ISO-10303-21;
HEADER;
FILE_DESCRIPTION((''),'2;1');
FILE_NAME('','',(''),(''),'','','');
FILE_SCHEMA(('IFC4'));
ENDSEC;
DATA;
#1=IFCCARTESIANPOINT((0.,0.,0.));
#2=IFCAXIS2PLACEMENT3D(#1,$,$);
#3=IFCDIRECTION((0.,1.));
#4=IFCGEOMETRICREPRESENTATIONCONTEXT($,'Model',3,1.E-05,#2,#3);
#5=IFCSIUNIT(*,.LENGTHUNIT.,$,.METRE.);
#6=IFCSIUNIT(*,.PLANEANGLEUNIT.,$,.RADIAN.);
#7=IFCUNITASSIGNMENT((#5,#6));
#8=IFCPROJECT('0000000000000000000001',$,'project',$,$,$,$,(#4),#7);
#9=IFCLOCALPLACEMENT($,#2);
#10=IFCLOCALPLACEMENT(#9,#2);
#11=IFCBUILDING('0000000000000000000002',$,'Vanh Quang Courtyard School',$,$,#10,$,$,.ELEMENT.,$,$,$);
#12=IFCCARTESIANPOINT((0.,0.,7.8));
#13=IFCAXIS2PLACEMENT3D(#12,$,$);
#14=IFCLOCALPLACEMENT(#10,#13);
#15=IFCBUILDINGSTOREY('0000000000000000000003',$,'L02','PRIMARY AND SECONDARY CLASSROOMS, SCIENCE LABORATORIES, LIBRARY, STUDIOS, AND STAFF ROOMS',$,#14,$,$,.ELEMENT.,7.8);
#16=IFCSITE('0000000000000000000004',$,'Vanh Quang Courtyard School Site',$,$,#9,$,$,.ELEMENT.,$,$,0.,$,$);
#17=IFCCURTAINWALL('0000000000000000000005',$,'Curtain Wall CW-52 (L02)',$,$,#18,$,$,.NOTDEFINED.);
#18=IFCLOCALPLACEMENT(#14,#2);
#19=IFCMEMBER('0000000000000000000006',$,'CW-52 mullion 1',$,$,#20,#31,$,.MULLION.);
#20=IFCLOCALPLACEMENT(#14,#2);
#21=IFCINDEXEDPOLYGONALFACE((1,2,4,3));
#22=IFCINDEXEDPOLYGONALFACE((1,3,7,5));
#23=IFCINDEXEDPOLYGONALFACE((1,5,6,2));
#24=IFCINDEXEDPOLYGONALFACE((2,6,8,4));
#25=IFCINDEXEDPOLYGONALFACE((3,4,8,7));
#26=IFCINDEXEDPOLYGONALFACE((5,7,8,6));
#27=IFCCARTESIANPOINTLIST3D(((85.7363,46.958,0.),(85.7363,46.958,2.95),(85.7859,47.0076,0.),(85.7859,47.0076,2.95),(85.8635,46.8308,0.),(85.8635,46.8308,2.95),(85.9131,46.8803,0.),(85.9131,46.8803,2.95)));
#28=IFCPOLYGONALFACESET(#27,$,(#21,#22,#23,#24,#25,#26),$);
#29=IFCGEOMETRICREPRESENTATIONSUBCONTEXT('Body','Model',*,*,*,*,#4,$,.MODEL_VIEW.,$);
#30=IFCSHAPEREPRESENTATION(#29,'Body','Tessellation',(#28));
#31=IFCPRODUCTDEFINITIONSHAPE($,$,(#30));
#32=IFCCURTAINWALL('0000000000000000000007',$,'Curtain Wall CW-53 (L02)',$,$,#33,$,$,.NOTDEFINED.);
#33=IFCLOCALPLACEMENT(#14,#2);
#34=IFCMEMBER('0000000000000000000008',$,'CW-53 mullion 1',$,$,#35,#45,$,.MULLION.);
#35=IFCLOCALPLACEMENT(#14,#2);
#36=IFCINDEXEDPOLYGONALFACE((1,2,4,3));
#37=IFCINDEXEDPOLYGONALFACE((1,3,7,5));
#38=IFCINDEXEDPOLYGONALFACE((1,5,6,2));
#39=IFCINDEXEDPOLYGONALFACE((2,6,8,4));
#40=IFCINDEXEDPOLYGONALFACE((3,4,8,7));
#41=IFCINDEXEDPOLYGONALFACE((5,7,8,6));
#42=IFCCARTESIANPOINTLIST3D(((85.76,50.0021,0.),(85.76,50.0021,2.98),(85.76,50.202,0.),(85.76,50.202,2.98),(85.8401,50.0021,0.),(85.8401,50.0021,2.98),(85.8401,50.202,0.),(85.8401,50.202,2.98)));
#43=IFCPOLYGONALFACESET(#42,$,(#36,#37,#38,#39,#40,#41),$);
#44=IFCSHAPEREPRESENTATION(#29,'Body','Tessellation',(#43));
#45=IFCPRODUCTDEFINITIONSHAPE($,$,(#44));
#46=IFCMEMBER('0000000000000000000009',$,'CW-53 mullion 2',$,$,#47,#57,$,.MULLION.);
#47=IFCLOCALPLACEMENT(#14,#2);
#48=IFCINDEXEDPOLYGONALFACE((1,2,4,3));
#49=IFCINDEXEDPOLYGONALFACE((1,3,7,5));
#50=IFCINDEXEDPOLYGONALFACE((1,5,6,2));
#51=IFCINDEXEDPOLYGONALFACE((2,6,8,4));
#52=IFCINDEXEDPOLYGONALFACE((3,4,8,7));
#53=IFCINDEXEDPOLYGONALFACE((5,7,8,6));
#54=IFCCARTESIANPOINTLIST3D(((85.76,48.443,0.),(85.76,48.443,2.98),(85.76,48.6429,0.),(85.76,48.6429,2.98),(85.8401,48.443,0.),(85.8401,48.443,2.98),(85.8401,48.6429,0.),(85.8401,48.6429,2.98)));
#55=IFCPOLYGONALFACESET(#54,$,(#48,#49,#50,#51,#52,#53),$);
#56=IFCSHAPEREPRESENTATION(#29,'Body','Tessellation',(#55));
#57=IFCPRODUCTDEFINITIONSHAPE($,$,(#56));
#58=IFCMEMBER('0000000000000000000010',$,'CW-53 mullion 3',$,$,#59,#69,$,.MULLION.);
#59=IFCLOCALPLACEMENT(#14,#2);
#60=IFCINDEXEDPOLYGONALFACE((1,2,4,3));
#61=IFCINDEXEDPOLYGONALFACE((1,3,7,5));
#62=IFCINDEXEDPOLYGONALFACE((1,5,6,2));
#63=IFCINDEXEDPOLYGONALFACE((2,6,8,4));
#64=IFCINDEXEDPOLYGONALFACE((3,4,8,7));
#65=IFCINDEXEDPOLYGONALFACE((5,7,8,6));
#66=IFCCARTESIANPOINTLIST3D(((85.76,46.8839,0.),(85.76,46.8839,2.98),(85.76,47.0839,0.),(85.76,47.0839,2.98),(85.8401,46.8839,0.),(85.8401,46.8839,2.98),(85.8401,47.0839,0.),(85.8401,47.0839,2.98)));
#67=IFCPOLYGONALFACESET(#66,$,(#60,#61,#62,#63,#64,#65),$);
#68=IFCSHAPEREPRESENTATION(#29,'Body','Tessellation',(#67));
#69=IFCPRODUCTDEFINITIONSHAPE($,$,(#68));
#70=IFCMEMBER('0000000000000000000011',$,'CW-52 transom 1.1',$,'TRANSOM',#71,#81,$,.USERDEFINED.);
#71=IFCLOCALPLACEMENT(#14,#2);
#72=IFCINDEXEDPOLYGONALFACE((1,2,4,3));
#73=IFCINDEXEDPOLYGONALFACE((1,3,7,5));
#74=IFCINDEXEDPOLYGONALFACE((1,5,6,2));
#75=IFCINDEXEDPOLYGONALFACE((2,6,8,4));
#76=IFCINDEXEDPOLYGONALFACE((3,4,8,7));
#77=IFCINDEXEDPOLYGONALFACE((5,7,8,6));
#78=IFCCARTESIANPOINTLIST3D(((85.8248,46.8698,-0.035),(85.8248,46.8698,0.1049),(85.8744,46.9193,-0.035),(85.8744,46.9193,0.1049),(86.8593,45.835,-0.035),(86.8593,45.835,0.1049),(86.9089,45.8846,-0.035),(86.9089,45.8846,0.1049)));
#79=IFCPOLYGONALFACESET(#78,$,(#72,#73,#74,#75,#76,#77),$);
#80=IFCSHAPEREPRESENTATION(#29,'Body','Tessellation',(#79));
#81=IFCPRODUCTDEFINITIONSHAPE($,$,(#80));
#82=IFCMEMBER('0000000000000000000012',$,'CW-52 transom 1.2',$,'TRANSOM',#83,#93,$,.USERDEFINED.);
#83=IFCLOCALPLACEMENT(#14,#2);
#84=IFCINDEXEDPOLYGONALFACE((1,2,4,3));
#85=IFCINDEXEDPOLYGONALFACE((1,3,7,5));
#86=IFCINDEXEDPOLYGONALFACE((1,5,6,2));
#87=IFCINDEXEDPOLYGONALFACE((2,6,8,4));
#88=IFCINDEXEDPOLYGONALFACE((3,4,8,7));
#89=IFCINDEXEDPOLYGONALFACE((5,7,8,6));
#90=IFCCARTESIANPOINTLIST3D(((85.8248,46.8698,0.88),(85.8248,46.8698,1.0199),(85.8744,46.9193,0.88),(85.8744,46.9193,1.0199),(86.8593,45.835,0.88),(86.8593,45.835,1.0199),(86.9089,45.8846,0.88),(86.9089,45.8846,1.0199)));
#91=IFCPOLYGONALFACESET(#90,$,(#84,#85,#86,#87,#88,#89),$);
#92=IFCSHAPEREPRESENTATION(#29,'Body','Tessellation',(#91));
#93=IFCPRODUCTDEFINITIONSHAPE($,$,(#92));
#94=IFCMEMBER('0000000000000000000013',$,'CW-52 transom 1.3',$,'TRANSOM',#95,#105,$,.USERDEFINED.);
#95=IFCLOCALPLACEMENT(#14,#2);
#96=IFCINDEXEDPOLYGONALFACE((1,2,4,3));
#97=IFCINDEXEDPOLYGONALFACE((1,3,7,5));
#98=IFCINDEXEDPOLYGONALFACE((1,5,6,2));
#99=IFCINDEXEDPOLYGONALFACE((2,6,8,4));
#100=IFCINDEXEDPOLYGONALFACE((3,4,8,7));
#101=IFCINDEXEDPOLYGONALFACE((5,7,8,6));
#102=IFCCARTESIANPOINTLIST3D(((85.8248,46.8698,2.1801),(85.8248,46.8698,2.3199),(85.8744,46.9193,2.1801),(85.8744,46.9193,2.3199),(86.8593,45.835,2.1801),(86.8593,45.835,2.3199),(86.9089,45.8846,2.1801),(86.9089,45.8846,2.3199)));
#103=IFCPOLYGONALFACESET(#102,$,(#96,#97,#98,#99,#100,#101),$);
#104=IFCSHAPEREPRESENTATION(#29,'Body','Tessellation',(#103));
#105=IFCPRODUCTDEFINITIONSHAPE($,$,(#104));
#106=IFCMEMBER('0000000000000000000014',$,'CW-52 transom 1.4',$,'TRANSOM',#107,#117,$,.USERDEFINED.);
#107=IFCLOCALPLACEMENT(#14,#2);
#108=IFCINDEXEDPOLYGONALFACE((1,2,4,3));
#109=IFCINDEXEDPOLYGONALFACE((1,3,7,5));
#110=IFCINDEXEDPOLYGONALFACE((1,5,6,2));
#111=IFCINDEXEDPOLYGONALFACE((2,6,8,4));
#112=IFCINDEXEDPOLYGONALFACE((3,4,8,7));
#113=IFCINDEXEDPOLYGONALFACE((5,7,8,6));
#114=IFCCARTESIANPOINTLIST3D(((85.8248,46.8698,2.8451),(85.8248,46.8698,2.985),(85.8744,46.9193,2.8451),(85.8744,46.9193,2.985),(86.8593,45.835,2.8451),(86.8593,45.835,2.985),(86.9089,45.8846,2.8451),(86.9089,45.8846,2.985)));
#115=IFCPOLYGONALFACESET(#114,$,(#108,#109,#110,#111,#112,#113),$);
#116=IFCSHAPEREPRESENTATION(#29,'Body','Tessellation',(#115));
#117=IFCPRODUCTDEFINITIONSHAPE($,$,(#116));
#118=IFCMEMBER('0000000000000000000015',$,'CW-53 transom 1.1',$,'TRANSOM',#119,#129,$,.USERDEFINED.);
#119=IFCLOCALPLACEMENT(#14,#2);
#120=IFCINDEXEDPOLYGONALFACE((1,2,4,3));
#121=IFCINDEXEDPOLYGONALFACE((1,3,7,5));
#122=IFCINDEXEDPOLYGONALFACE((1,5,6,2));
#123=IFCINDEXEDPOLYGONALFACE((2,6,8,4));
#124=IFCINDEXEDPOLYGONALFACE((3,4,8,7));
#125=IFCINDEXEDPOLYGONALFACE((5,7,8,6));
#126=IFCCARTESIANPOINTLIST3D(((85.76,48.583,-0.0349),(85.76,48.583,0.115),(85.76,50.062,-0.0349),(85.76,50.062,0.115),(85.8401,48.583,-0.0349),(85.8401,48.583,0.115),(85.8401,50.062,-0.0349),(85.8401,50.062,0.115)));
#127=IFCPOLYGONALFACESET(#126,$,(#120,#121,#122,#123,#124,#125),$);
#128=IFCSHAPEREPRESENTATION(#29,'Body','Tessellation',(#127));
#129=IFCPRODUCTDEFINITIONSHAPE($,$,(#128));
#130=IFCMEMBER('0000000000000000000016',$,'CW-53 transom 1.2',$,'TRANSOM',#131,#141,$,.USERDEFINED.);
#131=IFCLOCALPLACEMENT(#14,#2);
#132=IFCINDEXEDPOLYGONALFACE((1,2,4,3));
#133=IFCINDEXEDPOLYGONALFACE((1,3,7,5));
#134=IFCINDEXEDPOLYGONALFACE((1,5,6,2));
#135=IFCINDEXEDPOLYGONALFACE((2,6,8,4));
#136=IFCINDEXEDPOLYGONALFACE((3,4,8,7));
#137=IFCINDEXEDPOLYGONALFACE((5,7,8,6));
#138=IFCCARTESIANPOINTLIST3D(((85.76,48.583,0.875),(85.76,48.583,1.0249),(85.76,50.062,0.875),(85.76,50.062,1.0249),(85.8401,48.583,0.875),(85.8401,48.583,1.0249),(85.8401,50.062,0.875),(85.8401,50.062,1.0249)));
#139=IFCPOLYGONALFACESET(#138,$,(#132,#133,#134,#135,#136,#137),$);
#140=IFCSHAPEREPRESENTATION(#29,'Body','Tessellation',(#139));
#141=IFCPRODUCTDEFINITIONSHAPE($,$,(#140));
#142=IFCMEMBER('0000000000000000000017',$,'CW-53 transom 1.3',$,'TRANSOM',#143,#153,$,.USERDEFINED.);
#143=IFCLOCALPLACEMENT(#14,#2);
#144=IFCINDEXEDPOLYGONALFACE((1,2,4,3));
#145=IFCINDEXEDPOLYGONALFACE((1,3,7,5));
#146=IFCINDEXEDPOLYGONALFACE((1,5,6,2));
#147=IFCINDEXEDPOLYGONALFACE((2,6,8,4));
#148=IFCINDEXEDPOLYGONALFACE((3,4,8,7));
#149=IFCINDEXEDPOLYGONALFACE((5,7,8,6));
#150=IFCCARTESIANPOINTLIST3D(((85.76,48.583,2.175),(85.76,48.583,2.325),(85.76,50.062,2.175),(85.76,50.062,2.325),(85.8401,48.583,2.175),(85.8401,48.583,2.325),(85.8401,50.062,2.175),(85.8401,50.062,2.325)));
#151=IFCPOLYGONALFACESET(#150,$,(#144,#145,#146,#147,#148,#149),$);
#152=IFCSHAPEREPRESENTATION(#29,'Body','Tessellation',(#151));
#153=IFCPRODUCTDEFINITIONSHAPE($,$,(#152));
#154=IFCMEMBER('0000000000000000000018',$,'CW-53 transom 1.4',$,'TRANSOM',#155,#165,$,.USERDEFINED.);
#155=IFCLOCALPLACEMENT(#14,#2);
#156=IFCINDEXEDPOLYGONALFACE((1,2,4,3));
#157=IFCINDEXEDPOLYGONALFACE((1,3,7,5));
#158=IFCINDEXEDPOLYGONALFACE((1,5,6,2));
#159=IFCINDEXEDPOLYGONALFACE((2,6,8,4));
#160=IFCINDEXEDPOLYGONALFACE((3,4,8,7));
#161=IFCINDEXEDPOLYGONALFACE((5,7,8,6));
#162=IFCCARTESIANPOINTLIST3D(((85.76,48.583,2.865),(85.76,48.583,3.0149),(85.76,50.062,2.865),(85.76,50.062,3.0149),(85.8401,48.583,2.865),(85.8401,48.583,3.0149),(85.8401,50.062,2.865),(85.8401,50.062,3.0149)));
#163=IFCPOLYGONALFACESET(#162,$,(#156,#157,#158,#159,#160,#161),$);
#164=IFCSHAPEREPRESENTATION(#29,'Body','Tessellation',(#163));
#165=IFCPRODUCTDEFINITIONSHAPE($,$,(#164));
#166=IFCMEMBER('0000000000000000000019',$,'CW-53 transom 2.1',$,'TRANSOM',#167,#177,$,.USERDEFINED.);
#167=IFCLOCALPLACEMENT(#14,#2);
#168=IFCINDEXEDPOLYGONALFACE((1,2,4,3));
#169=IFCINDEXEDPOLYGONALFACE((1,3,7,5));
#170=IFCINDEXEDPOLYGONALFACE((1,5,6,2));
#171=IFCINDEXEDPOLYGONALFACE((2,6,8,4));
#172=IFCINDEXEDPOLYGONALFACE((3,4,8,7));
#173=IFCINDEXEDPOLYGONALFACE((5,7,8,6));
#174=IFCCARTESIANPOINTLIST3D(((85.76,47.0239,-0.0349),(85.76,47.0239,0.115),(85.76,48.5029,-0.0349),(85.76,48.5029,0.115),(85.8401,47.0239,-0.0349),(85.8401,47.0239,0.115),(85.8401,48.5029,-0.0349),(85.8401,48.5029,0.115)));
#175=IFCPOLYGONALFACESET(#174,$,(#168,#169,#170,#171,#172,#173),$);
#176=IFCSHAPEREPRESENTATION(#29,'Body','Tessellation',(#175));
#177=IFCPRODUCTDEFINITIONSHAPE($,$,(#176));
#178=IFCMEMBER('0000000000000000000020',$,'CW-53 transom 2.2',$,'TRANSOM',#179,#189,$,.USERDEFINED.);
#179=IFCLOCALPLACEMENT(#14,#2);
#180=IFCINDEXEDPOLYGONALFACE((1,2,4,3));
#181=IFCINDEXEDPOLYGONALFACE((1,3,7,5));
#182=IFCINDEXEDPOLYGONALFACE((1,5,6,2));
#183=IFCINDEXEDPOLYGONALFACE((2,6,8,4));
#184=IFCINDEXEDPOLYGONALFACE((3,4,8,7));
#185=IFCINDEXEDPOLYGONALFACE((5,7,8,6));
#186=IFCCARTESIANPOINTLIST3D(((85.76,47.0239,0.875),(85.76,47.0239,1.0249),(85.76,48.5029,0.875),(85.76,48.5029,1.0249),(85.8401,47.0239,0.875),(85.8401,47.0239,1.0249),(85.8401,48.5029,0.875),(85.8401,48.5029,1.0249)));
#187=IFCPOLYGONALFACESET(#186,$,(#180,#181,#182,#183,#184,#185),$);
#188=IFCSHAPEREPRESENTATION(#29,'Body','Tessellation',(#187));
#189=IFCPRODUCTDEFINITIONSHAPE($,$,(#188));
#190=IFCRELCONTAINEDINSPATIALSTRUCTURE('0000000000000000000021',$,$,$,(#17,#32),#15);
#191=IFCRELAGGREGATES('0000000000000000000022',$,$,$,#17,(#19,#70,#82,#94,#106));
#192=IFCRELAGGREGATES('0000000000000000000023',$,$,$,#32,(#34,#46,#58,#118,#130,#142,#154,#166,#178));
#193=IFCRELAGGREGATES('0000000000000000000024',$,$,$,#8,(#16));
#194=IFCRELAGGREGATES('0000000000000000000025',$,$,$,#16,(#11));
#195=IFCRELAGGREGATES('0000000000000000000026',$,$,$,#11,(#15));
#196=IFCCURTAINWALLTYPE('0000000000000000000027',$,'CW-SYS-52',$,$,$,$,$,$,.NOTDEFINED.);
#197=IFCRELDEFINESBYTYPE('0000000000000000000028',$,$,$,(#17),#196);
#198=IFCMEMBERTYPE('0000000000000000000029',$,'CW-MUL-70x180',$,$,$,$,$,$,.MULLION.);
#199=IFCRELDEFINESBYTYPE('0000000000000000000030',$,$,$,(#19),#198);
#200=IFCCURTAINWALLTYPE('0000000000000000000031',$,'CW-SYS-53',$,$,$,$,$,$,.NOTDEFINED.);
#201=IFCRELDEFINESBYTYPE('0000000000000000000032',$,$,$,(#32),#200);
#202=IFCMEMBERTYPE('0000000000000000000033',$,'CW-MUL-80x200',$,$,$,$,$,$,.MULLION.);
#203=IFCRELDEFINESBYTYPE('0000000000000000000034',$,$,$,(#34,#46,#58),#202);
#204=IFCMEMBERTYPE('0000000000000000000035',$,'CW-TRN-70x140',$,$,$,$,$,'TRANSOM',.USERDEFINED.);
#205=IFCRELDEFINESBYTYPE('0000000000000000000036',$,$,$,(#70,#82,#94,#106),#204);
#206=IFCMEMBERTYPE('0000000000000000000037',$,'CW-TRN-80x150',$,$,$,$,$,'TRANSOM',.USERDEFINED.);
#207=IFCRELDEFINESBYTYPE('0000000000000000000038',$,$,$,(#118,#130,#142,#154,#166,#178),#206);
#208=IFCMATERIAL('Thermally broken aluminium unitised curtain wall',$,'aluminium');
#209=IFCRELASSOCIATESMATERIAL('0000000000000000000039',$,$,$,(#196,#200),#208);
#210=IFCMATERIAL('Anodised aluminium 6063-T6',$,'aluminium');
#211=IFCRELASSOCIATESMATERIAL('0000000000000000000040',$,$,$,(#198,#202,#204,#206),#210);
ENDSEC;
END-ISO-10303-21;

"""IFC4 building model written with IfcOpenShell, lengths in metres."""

from ifc_helpers import new_model, si_unit, direction, frame, origin, origin_2d, place, context, subcontext, project, spatial, rectangle, extrude, material, material_profile, profile_set, type_object, element, aggregate, save


model = new_model("IFC4")

# Units and contexts
model_context = context("Model", 3, precision=1e-05, world=origin(), true_north=direction((0.0, 1.0)))
body_context = subcontext(model_context, "Body", "Model", "MODEL_VIEW")
ifc_project = project(units=[si_unit("LENGTHUNIT", "METRE"), si_unit("PLANEANGLEUNIT", "RADIAN")], contexts=[model_context])

# Site, building, storey
site_placement = place(None, origin())
site = spatial("IfcSite", under=ifc_project, at=site_placement, Name="Vanh Quang Courtyard School Site", CompositionType="ELEMENT", RefElevation=0.0)
building_placement = place(site_placement, origin())
building = spatial("IfcBuilding", under=site, at=building_placement, Name="Vanh Quang Courtyard School", CompositionType="ELEMENT")
storey_placement = place(building_placement, frame((0.0, 0.0, 7.8)))
storey = spatial("IfcBuildingStorey", under=building, at=storey_placement, Name="L02", Description="PRIMARY AND SECONDARY CLASSROOMS, SCIENCE LABORATORIES, LIBRARY, STUDIOS, AND STAFF ROOMS", CompositionType="ELEMENT", Elevation=7.8)

# Curtain wall, member
ifc_material_1 = material(Name="Thermally broken aluminium unitised curtain wall", Category="aluminium")
curtain_wall_type_1 = type_object("IfcCurtainWallType", Name="CW-SYS-52", PredefinedType="NOTDEFINED", material=ifc_material_1)
curtain_wall_1_placement = place(storey_placement, origin())
curtain_wall_1 = element("IfcCurtainWall", 1, at=curtain_wall_1_placement, inside=storey, type_object=curtain_wall_type_1, Name="Curtain Wall CW-52 (L02)", PredefinedType="NOTDEFINED")
ifc_material_2 = material(Name="Anodised aluminium 6063-T6", Category="aluminium")
ifc_material_profile_1 = material_profile(ifc_material_2, rectangle(XDim=0.0701, YDim=0.1799, at=origin_2d()), Name="ALU-MUL 70x180")
ifc_profile_set_1 = profile_set([ifc_material_profile_1], Name="Anodised aluminium 6063-T6")
member_type_1 = type_object("IfcMemberType", Name="CW-MUL-70x180", PredefinedType="MULLION", material=ifc_profile_set_1)
member_1_placement = place(storey_placement, frame((85.8247, 46.9192, 0.0), z_axis=(0.0, 0.0, 1.0), x_axis=(0.707107, 0.707107, 0.0)))
member_1 = element("IfcMember", 2, at=member_1_placement, type_object=member_type_1, Name="CW-52 mullion 1", PredefinedType="MULLION", context=body_context, shape_type="SweptSolid", body=[
    extrude(rectangle(XDim=0.0701, YDim=0.1799, at=origin_2d()), origin(), (0.0, 0.0, 1.0), 2.95),
])

# Curtain wall, members
curtain_wall_type_2 = type_object("IfcCurtainWallType", Name="CW-SYS-53", PredefinedType="NOTDEFINED", material=ifc_material_1)
curtain_wall_2_placement = place(storey_placement, origin())
curtain_wall_2 = element("IfcCurtainWall", 3, at=curtain_wall_2_placement, inside=storey, type_object=curtain_wall_type_2, Name="Curtain Wall CW-53 (L02)", PredefinedType="NOTDEFINED")
ifc_material_profile_2 = material_profile(ifc_material_2, rectangle(XDim=0.0801, YDim=0.2, at=origin_2d()), Name="ALU-MUL 80x200")
ifc_profile_set_2 = profile_set([ifc_material_profile_2], Name="Anodised aluminium 6063-T6")
member_type_2 = type_object("IfcMemberType", Name="CW-MUL-80x200", PredefinedType="MULLION", material=ifc_profile_set_2)
member_2_placement = place(storey_placement, frame((85.8, 50.1021, 0.0), z_axis=(0.0, 0.0, 1.0), x_axis=(1.0, 0.0, 0.0)))
member_2 = element("IfcMember", 4, at=member_2_placement, type_object=member_type_2, Name="CW-53 mullion 1", PredefinedType="MULLION", context=body_context, shape_type="SweptSolid", body=[
    extrude(rectangle(XDim=0.0801, YDim=0.2, at=origin_2d()), origin(), (0.0, 0.0, 1.0), 2.98),
])
member_3_placement = place(storey_placement, frame((85.8, 48.543, 0.0), z_axis=(0.0, 0.0, 1.0), x_axis=(1.0, 0.0, 0.0)))
member_3 = element("IfcMember", 5, at=member_3_placement, type_object=member_type_2, Name="CW-53 mullion 2", PredefinedType="MULLION", context=body_context, shape_type="SweptSolid", body=[
    extrude(rectangle(XDim=0.0801, YDim=0.2, at=origin_2d()), origin(), (0.0, 0.0, 1.0), 2.98),
])
member_4_placement = place(storey_placement, frame((85.8, 46.9839, 0.0), z_axis=(0.0, 0.0, 1.0), x_axis=(1.0, 0.0, 0.0)))
member_4 = element("IfcMember", 6, at=member_4_placement, type_object=member_type_2, Name="CW-53 mullion 3", PredefinedType="MULLION", context=body_context, shape_type="SweptSolid", body=[
    extrude(rectangle(XDim=0.0801, YDim=0.2, at=origin_2d()), origin(), (0.0, 0.0, 1.0), 2.98),
])

# Members
ifc_material_profile_3 = material_profile(ifc_material_2, rectangle(XDim=0.0701, YDim=0.1399, at=origin_2d()), Name="ALU-TRN 70x140")
ifc_profile_set_3 = profile_set([ifc_material_profile_3], Name="Anodised aluminium 6063-T6")
member_type_3 = type_object("IfcMemberType", Name="CW-TRN-70x140", ElementType="TRANSOM", PredefinedType="USERDEFINED", material=ifc_profile_set_3)
member_5_placement = place(storey_placement, frame((85.8496, 46.8945, 0.0349), z_axis=(0.707023, -0.70719, 0.0), x_axis=(0.70719, 0.707023, 0.0)))
member_5 = element("IfcMember", 7, at=member_5_placement, type_object=member_type_3, Name="CW-52 transom 1.1", ObjectType="TRANSOM", PredefinedType="USERDEFINED", context=body_context, shape_type="SweptSolid", body=[
    extrude(rectangle(XDim=0.0701, YDim=0.1399, at=origin_2d()), origin(), (0.0, 0.0, 1.0), 1.4631),
])
member_6_placement = place(storey_placement, frame((85.8496, 46.8945, 0.95), z_axis=(0.707023, -0.70719, 0.0), x_axis=(0.70719, 0.707023, 0.0)))
member_6 = element("IfcMember", 8, at=member_6_placement, type_object=member_type_3, Name="CW-52 transom 1.2", ObjectType="TRANSOM", PredefinedType="USERDEFINED", context=body_context, shape_type="SweptSolid", body=[
    extrude(rectangle(XDim=0.0701, YDim=0.1399, at=origin_2d()), origin(), (0.0, 0.0, 1.0), 1.4631),
])
member_7_placement = place(storey_placement, frame((85.8496, 46.8945, 2.25), z_axis=(0.707023, -0.70719, 0.0), x_axis=(0.70719, 0.707023, 0.0)))
member_7 = element("IfcMember", 9, at=member_7_placement, type_object=member_type_3, Name="CW-52 transom 1.3", ObjectType="TRANSOM", PredefinedType="USERDEFINED", context=body_context, shape_type="SweptSolid", body=[
    extrude(rectangle(XDim=0.0701, YDim=0.1399, at=origin_2d()), origin(), (0.0, 0.0, 1.0), 1.4631),
])
member_8_placement = place(storey_placement, frame((85.8496, 46.8945, 2.915), z_axis=(0.707023, -0.70719, 0.0), x_axis=(0.70719, 0.707023, 0.0)))
member_8 = element("IfcMember", 10, at=member_8_placement, type_object=member_type_3, Name="CW-52 transom 1.4", ObjectType="TRANSOM", PredefinedType="USERDEFINED", context=body_context, shape_type="SweptSolid", body=[
    extrude(rectangle(XDim=0.0701, YDim=0.1399, at=origin_2d()), origin(), (0.0, 0.0, 1.0), 1.4631),
])
ifc_material_profile_4 = material_profile(ifc_material_2, rectangle(XDim=0.0801, YDim=0.1499, at=origin_2d()), Name="ALU-TRN 80x150")
ifc_profile_set_4 = profile_set([ifc_material_profile_4], Name="Anodised aluminium 6063-T6")
member_type_4 = type_object("IfcMemberType", Name="CW-TRN-80x150", ElementType="TRANSOM", PredefinedType="USERDEFINED", material=ifc_profile_set_4)
member_9_placement = place(storey_placement, frame((85.8, 50.062, 0.04), z_axis=(0.0, -1.0, 0.0), x_axis=(1.0, 0.0, 0.0)))
member_9 = element("IfcMember", 11, at=member_9_placement, type_object=member_type_4, Name="CW-53 transom 1.1", ObjectType="TRANSOM", PredefinedType="USERDEFINED", context=body_context, shape_type="SweptSolid", body=[
    extrude(rectangle(XDim=0.0801, YDim=0.1499, at=origin_2d()), origin(), (0.0, 0.0, 1.0), 1.479),
])
member_10_placement = place(storey_placement, frame((85.8, 50.062, 0.95), z_axis=(0.0, -1.0, 0.0), x_axis=(1.0, 0.0, 0.0)))
member_10 = element("IfcMember", 12, at=member_10_placement, type_object=member_type_4, Name="CW-53 transom 1.2", ObjectType="TRANSOM", PredefinedType="USERDEFINED", context=body_context, shape_type="SweptSolid", body=[
    extrude(rectangle(XDim=0.0801, YDim=0.1499, at=origin_2d()), origin(), (0.0, 0.0, 1.0), 1.479),
])
member_11_placement = place(storey_placement, frame((85.8, 50.062, 2.25), z_axis=(0.0, -1.0, 0.0), x_axis=(1.0, 0.0, 0.0)))
member_11 = element("IfcMember", 13, at=member_11_placement, type_object=member_type_4, Name="CW-53 transom 1.3", ObjectType="TRANSOM", PredefinedType="USERDEFINED", context=body_context, shape_type="SweptSolid", body=[
    extrude(rectangle(XDim=0.0801, YDim=0.1499, at=origin_2d()), origin(), (0.0, 0.0, 1.0), 1.479),
])
member_12_placement = place(storey_placement, frame((85.8, 50.062, 2.9399), z_axis=(0.0, -1.0, 0.0), x_axis=(1.0, 0.0, 0.0)))
member_12 = element("IfcMember", 14, at=member_12_placement, type_object=member_type_4, Name="CW-53 transom 1.4", ObjectType="TRANSOM", PredefinedType="USERDEFINED", context=body_context, shape_type="SweptSolid", body=[
    extrude(rectangle(XDim=0.0801, YDim=0.1499, at=origin_2d()), origin(), (0.0, 0.0, 1.0), 1.479),
])
member_13_placement = place(storey_placement, frame((85.8, 48.5029, 0.04), z_axis=(0.0, -1.0, 0.0), x_axis=(1.0, 0.0, 0.0)))
member_13 = element("IfcMember", 15, at=member_13_placement, type_object=member_type_4, Name="CW-53 transom 2.1", ObjectType="TRANSOM", PredefinedType="USERDEFINED", context=body_context, shape_type="SweptSolid", body=[
    extrude(rectangle(XDim=0.0801, YDim=0.1499, at=origin_2d()), origin(), (0.0, 0.0, 1.0), 1.479),
])
member_14_placement = place(storey_placement, frame((85.8, 48.5029, 0.95), z_axis=(0.0, -1.0, 0.0), x_axis=(1.0, 0.0, 0.0)))
member_14 = element("IfcMember", 16, at=member_14_placement, type_object=member_type_4, Name="CW-53 transom 2.2", ObjectType="TRANSOM", PredefinedType="USERDEFINED", context=body_context, shape_type="SweptSolid", body=[
    extrude(rectangle(XDim=0.0801, YDim=0.1499, at=origin_2d()), origin(), (0.0, 0.0, 1.0), 1.479),
])

aggregate(curtain_wall_1, [member_1, member_5, member_6, member_7, member_8])
aggregate(curtain_wall_2, [member_2, member_3, member_4, member_9, member_10, member_11, member_12, member_13, member_14])

save(model, "model.ifc")
